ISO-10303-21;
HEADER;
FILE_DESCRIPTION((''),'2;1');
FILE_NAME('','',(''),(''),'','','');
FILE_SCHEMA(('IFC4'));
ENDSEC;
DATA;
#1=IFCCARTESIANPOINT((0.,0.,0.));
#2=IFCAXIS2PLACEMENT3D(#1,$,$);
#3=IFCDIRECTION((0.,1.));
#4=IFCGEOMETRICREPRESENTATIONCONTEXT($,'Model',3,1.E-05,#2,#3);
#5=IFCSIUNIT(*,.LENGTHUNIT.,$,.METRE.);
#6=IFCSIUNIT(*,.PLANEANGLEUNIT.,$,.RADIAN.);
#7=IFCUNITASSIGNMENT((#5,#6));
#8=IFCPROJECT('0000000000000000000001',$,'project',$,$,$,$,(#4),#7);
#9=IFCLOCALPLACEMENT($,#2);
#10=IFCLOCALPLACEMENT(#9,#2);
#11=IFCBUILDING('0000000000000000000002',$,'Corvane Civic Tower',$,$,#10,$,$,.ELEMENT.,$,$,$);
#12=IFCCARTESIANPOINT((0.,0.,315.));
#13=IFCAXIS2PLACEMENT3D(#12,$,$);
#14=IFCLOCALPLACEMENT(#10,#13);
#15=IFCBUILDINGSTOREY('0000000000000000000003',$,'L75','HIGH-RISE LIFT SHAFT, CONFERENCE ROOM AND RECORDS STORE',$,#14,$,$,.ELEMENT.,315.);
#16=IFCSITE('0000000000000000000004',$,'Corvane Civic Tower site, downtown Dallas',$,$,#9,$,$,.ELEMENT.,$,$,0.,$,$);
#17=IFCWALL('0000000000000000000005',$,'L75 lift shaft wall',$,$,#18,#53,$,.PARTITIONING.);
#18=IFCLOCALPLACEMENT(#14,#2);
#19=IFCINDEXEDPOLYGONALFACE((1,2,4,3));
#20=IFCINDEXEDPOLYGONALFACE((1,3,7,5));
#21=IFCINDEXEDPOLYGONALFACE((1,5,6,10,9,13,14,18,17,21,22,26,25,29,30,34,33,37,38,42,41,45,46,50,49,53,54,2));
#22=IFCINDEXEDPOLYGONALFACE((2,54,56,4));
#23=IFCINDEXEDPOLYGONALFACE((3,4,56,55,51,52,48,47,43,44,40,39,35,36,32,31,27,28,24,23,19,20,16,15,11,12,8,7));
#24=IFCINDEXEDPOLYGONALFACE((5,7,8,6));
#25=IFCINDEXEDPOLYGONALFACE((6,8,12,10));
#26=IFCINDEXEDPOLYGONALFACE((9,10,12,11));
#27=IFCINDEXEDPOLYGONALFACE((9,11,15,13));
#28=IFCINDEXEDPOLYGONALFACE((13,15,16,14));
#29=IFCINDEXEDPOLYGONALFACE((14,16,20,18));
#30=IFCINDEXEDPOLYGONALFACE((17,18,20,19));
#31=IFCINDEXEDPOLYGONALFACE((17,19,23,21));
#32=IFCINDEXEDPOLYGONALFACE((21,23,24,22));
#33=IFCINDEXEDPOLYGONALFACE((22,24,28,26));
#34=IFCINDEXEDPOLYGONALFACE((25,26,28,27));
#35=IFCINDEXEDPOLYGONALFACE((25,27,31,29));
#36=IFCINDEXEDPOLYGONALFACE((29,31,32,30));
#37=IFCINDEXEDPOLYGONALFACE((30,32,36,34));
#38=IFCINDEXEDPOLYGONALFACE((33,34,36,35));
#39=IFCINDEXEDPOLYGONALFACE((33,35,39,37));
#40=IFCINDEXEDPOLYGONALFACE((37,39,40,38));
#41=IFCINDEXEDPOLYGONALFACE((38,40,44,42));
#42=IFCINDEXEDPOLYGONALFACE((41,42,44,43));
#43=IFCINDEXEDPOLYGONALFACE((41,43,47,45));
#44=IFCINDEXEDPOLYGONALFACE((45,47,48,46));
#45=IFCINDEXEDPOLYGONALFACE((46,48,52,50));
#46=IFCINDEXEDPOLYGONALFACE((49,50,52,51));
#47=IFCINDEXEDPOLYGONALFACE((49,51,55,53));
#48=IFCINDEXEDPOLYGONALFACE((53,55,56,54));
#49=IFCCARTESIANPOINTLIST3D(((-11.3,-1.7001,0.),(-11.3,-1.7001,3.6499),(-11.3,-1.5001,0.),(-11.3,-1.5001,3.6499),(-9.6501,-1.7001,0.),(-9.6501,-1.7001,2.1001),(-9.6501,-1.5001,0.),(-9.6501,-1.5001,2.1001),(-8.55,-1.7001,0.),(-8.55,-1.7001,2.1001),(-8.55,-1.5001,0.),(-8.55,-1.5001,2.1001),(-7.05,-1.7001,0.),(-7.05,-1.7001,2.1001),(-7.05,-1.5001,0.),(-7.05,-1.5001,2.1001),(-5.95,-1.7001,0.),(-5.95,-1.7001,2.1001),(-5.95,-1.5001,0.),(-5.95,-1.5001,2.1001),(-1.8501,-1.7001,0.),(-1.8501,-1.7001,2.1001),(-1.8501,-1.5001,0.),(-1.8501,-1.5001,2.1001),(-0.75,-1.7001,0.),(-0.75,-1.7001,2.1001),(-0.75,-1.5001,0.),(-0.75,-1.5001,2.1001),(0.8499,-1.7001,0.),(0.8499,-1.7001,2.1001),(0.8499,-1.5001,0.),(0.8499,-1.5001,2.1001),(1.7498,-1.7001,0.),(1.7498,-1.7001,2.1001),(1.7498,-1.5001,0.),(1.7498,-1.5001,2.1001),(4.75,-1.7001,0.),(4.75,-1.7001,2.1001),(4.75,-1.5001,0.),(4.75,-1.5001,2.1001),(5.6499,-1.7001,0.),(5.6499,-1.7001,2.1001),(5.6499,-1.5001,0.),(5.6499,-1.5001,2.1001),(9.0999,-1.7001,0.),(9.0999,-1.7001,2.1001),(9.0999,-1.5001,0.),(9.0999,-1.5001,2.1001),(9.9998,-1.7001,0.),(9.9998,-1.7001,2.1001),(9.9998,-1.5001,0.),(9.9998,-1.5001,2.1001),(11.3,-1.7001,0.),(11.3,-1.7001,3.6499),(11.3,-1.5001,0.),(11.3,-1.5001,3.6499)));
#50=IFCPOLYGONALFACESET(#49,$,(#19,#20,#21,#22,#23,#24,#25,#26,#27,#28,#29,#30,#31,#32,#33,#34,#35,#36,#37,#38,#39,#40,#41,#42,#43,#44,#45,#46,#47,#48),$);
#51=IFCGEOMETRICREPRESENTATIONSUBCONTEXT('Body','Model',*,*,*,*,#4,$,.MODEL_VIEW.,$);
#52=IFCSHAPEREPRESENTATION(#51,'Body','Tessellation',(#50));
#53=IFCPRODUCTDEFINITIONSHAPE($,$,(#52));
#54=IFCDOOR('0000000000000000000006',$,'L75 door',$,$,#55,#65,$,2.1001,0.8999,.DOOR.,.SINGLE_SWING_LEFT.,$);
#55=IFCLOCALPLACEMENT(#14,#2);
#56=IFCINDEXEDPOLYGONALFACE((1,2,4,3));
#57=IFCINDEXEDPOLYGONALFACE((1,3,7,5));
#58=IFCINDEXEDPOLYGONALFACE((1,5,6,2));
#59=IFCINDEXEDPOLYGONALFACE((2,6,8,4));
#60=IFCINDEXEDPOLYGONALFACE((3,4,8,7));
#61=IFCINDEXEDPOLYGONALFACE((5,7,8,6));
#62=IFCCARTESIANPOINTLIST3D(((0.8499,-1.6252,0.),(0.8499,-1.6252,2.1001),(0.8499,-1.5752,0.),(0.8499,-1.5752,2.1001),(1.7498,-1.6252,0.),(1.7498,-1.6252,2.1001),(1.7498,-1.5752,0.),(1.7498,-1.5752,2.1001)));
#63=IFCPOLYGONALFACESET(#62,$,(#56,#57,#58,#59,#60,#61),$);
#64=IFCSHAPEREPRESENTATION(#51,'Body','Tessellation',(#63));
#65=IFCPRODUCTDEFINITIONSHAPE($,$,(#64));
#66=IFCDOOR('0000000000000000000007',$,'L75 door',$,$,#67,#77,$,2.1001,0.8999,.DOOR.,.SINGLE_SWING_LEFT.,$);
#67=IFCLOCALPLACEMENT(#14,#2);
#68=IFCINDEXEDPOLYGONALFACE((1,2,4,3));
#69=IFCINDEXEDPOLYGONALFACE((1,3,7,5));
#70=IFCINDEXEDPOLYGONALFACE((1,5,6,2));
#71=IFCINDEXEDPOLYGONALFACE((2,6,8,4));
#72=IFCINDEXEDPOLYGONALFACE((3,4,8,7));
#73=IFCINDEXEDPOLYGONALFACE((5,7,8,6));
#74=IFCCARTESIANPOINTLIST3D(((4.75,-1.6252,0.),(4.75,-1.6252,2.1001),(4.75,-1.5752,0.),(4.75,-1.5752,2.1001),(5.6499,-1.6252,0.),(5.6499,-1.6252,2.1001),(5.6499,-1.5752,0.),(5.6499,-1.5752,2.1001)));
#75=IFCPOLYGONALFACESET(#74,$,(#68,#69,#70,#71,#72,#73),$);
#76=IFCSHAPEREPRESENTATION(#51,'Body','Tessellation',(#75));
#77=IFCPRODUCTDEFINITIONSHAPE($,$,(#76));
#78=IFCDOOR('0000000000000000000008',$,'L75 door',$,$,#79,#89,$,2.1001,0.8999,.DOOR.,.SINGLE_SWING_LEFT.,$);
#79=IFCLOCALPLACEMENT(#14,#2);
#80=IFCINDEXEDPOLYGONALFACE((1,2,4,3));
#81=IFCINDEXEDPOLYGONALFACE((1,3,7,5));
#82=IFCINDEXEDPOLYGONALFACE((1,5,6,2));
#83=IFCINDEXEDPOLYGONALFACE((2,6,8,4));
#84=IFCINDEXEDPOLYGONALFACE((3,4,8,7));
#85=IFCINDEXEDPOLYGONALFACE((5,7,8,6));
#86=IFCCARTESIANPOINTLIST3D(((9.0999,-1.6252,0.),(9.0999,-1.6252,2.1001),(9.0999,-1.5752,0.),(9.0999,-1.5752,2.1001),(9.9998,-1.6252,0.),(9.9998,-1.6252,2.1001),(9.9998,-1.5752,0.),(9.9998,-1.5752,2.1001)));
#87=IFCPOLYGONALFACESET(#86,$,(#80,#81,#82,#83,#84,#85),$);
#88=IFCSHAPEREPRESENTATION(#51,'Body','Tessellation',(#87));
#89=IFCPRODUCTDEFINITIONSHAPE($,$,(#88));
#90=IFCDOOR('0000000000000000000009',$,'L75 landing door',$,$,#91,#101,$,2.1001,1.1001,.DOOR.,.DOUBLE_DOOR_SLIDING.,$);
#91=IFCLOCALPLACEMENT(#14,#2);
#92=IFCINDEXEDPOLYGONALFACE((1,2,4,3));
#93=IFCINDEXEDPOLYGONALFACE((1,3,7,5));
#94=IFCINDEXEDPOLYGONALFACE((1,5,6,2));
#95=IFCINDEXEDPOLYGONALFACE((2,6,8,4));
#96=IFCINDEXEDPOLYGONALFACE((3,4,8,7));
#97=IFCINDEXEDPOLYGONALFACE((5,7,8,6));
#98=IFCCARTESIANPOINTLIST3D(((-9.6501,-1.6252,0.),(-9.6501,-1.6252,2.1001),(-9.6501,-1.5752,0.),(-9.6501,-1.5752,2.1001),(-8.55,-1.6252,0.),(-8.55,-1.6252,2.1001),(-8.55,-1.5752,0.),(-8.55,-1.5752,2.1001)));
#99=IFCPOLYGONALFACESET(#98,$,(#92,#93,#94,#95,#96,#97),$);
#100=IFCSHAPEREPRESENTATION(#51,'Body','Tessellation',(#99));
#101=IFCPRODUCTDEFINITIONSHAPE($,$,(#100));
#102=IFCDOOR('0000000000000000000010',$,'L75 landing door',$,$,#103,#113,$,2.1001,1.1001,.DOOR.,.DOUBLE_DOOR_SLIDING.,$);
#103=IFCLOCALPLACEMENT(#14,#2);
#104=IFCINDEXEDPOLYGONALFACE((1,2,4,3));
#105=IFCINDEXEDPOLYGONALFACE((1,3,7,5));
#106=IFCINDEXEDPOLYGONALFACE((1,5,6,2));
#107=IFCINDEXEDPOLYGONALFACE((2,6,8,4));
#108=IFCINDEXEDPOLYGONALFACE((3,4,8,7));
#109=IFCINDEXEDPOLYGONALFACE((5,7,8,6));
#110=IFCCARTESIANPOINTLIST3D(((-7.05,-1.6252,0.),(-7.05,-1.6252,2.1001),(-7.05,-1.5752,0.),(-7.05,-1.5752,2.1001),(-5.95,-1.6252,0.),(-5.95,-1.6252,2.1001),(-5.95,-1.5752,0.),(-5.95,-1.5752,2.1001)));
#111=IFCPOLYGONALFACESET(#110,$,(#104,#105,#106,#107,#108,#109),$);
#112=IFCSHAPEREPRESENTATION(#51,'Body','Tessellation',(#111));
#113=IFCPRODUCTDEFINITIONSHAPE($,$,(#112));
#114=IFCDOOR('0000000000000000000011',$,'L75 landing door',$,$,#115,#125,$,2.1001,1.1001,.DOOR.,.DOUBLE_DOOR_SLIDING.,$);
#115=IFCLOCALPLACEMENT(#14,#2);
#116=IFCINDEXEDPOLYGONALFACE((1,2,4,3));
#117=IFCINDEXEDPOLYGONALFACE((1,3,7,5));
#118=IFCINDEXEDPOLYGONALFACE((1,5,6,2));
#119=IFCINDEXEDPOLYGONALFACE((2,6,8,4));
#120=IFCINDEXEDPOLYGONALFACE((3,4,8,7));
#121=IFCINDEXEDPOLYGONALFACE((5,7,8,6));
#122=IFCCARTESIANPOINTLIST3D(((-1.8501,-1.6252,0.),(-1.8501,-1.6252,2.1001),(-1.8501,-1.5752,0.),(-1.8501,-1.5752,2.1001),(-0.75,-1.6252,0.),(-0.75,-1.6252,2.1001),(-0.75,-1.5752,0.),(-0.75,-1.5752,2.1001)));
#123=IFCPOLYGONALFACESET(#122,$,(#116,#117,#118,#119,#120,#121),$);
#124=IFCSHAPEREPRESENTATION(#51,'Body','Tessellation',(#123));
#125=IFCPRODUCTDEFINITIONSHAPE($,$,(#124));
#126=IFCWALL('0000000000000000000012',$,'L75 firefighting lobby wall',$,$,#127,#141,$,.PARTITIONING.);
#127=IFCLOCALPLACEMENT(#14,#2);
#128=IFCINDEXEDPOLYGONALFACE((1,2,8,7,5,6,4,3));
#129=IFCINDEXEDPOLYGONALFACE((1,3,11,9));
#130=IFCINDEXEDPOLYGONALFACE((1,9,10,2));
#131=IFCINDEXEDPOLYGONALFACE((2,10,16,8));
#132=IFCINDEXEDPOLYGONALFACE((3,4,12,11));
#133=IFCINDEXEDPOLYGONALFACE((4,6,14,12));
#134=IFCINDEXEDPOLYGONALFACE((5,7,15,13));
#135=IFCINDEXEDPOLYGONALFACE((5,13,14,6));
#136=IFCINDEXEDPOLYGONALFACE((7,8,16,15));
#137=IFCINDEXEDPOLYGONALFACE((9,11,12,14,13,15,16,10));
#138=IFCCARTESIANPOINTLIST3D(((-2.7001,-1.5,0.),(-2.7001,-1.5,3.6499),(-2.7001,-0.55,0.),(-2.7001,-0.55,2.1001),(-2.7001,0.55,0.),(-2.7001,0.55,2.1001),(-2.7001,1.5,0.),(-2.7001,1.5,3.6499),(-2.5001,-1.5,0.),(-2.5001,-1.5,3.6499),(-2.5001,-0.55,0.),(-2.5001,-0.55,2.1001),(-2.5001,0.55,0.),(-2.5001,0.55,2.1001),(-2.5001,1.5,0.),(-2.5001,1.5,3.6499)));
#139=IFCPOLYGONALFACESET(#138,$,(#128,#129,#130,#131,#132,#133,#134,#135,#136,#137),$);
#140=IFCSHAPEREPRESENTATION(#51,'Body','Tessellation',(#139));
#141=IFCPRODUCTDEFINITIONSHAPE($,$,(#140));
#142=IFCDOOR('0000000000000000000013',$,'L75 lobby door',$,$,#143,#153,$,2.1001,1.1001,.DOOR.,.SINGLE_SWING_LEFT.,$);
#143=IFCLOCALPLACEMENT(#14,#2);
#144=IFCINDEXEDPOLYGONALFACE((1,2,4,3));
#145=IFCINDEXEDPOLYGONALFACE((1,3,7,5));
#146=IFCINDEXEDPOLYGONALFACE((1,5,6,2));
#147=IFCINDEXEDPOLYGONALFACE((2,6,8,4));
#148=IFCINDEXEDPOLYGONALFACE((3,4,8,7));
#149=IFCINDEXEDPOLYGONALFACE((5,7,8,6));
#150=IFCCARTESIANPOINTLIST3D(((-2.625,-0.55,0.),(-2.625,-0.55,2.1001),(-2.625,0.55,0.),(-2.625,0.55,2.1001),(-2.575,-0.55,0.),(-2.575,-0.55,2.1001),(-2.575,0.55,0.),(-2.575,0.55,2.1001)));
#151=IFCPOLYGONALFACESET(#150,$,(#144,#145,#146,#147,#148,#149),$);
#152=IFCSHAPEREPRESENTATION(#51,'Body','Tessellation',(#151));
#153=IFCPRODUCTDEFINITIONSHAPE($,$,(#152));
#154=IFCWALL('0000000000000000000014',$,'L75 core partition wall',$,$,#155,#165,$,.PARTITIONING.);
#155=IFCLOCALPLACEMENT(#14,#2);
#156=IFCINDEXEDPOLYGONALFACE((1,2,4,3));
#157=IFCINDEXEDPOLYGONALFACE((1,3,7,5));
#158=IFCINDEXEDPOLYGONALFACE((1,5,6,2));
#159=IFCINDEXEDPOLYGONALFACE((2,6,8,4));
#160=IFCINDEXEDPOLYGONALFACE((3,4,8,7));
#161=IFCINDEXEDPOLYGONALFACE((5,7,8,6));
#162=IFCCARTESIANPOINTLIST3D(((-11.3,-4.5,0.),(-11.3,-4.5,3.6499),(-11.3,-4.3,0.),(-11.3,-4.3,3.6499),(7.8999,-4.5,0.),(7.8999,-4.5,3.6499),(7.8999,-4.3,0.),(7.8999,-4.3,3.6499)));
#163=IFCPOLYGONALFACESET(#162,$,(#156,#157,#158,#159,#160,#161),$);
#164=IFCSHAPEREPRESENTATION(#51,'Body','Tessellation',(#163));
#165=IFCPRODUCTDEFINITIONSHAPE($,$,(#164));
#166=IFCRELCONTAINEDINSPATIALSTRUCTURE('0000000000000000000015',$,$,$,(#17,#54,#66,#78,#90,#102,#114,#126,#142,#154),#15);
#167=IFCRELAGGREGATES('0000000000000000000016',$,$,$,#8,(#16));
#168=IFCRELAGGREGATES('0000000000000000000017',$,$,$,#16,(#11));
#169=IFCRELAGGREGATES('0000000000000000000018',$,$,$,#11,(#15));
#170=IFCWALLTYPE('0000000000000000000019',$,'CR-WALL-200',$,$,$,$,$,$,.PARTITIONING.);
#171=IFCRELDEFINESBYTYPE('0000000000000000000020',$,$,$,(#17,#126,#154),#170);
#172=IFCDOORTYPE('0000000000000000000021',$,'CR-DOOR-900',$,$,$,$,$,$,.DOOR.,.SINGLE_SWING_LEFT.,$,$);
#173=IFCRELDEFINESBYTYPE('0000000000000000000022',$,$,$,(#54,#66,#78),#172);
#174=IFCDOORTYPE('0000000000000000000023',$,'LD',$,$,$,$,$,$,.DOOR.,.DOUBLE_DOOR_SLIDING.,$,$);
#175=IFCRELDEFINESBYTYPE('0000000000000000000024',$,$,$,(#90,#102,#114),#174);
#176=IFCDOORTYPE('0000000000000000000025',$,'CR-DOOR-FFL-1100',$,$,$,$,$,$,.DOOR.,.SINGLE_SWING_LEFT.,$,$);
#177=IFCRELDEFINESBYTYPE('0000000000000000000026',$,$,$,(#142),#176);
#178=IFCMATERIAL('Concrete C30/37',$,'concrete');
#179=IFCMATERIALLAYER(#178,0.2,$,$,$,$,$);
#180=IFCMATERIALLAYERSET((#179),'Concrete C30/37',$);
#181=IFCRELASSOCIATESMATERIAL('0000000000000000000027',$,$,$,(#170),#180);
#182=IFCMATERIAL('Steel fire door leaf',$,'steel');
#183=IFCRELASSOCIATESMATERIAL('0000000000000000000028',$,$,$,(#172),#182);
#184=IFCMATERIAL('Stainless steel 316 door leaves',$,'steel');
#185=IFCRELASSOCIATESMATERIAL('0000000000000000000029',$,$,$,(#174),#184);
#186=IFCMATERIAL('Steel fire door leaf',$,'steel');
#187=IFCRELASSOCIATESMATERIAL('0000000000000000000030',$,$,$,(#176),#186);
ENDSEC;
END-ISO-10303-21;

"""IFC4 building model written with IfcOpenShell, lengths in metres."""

from ifc_helpers import new_model, si_unit, direction, frame, frame_2d, origin, place, context, subcontext, project, spatial, polyline, rectangle, outline, extrude, material, layer, layer_set, type_object, element, fill, save


model = new_model("IFC4")

# Units and contexts
model_context = context("Model", 3, precision=1e-05, world=origin(), true_north=direction((0.0, 1.0)))
body_context = subcontext(model_context, "Body", "Model", "MODEL_VIEW")
ifc_project = project(units=[si_unit("LENGTHUNIT", "METRE"), si_unit("PLANEANGLEUNIT", "RADIAN")], contexts=[model_context])

# Site, building, storey
site_placement = place(None, origin())
site = spatial("IfcSite", under=ifc_project, at=site_placement, Name="Corvane Civic Tower site, downtown Dallas", CompositionType="ELEMENT", RefElevation=0.0)
building_placement = place(site_placement, origin())
building = spatial("IfcBuilding", under=site, at=building_placement, Name="Corvane Civic Tower", CompositionType="ELEMENT")
storey_placement = place(building_placement, frame((0.0, 0.0, 315.0)))
storey = spatial("IfcBuildingStorey", under=building, at=storey_placement, Name="L75", Description="HIGH-RISE LIFT SHAFT, CONFERENCE ROOM AND RECORDS STORE", CompositionType="ELEMENT", Elevation=315.0)

# Wall, openings, doors
ifc_material_1 = material(Name="Concrete C30/37", Category="concrete")
ifc_layer_1 = layer(ifc_material_1, 0.2)
ifc_layer_set_1 = layer_set([ifc_layer_1], Name="Concrete C30/37")
wall_type_1 = type_object("IfcWallType", Name="CR-WALL-200", PredefinedType="PARTITIONING", material=ifc_layer_set_1)
ifc_material_2 = material(Name="Steel fire door leaf", Category="steel")
door_type_1 = type_object("IfcDoorType", Name="CR-DOOR-900", OperationType="SINGLE_SWING_LEFT", PredefinedType="DOOR", material=ifc_material_2)
wall_1_placement = place(storey_placement, frame((-11.3, -1.6001, 0.0), z_axis=(0.0, 0.0, 1.0), x_axis=(1.0, 0.0, 0.0)))
wall_1 = element("IfcWall", 1, at=wall_1_placement, inside=storey, type_object=wall_type_1, Name="L75 lift shaft wall", PredefinedType="PARTITIONING", context=body_context, shape_type="SweptSolid", body=[
    extrude(rectangle(XDim=22.6001, YDim=0.2, at=frame_2d((11.3, 0.0))), origin(), (0.0, 0.0, 1.0), 3.6499),
])
opening_1_placement = place(wall_1_placement, frame((1.6499, 0.0, 0.0)))
opening_1 = element("IfcOpeningElement", 2, at=opening_1_placement, cuts=wall_1, PredefinedType="OPENING", context=body_context, shape_type="SweptSolid", body=[
    extrude(rectangle(XDim=1.1001, YDim=2.1001, at=frame_2d((0.55, 1.05))), frame((0.0, 0.1099, 0.0), z_axis=(0.0, -1.0, 0.0), x_axis=(1.0, 0.0, 0.0)), (0.0, 0.0, 1.0), 0.22),
])
opening_2_placement = place(wall_1_placement, frame((4.25, 0.0, 0.0)))
opening_2 = element("IfcOpeningElement", 3, at=opening_2_placement, cuts=wall_1, PredefinedType="OPENING", context=body_context, shape_type="SweptSolid", body=[
    extrude(rectangle(XDim=1.1001, YDim=2.1001, at=frame_2d((0.55, 1.05))), frame((0.0, 0.1099, 0.0), z_axis=(0.0, -1.0, 0.0), x_axis=(1.0, 0.0, 0.0)), (0.0, 0.0, 1.0), 0.22),
])
opening_3_placement = place(wall_1_placement, frame((9.45, 0.0, 0.0)))
opening_3 = element("IfcOpeningElement", 4, at=opening_3_placement, cuts=wall_1, PredefinedType="OPENING", context=body_context, shape_type="SweptSolid", body=[
    extrude(rectangle(XDim=1.1001, YDim=2.1001, at=frame_2d((0.55, 1.05))), frame((0.0, 0.1099, 0.0), z_axis=(0.0, -1.0, 0.0), x_axis=(1.0, 0.0, 0.0)), (0.0, 0.0, 1.0), 0.22),
])
opening_4_placement = place(wall_1_placement, frame((12.1499, 0.0, 0.0)))
opening_4 = element("IfcOpeningElement", 5, at=opening_4_placement, cuts=wall_1, PredefinedType="OPENING", context=body_context, shape_type="SweptSolid", body=[
    extrude(rectangle(XDim=0.8999, YDim=2.1001, at=frame_2d((0.45, 1.05))), frame((0.0, 0.1099, 0.0), z_axis=(0.0, -1.0, 0.0), x_axis=(1.0, 0.0, 0.0)), (0.0, 0.0, 1.0), 0.22),
])
opening_5_placement = place(wall_1_placement, frame((16.05, 0.0, 0.0)))
opening_5 = element("IfcOpeningElement", 6, at=opening_5_placement, cuts=wall_1, PredefinedType="OPENING", context=body_context, shape_type="SweptSolid", body=[
    extrude(rectangle(XDim=0.8999, YDim=2.1001, at=frame_2d((0.45, 1.05))), frame((0.0, 0.1099, 0.0), z_axis=(0.0, -1.0, 0.0), x_axis=(1.0, 0.0, 0.0)), (0.0, 0.0, 1.0), 0.22),
])
opening_6_placement = place(wall_1_placement, frame((20.3999, 0.0, 0.0)))
opening_6 = element("IfcOpeningElement", 7, at=opening_6_placement, cuts=wall_1, PredefinedType="OPENING", context=body_context, shape_type="SweptSolid", body=[
    extrude(rectangle(XDim=0.8999, YDim=2.1001, at=frame_2d((0.45, 1.05))), frame((0.0, 0.1099, 0.0), z_axis=(0.0, -1.0, 0.0), x_axis=(1.0, 0.0, 0.0)), (0.0, 0.0, 1.0), 0.22),
])
door_1_placement = place(opening_4_placement, origin())
door_1 = element("IfcDoor", 8, at=door_1_placement, inside=storey, type_object=door_type_1, Name="L75 door", OperationType="SINGLE_SWING_LEFT", OverallHeight=2.1001, OverallWidth=0.8999, PredefinedType="DOOR", context=body_context, shape_type="SweptSolid", body=[
    extrude(rectangle(XDim=0.8999, YDim=2.1001, at=frame_2d((0.45, 1.05))), frame((0.0, 0.0249, 0.0), z_axis=(0.0, -1.0, 0.0), x_axis=(1.0, 0.0, 0.0)), (0.0, 0.0, 1.0), 0.05),
])
fill(opening_4, door_1)
door_2_placement = place(opening_5_placement, origin())
door_2 = element("IfcDoor", 9, at=door_2_placement, inside=storey, type_object=door_type_1, Name="L75 door", OperationType="SINGLE_SWING_LEFT", OverallHeight=2.1001, OverallWidth=0.8999, PredefinedType="DOOR", context=body_context, shape_type="SweptSolid", body=[
    extrude(rectangle(XDim=0.8999, YDim=2.1001, at=frame_2d((0.45, 1.05))), frame((0.0, 0.0249, 0.0), z_axis=(0.0, -1.0, 0.0), x_axis=(1.0, 0.0, 0.0)), (0.0, 0.0, 1.0), 0.05),
])
fill(opening_5, door_2)
door_3_placement = place(opening_6_placement, origin())
door_3 = element("IfcDoor", 10, at=door_3_placement, inside=storey, type_object=door_type_1, Name="L75 door", OperationType="SINGLE_SWING_LEFT", OverallHeight=2.1001, OverallWidth=0.8999, PredefinedType="DOOR", context=body_context, shape_type="SweptSolid", body=[
    extrude(rectangle(XDim=0.8999, YDim=2.1001, at=frame_2d((0.45, 1.05))), frame((0.0, 0.0249, 0.0), z_axis=(0.0, -1.0, 0.0), x_axis=(1.0, 0.0, 0.0)), (0.0, 0.0, 1.0), 0.05),
])
fill(opening_6, door_3)
ifc_material_3 = material(Name="Stainless steel 316 door leaves", Category="steel")
door_type_2 = type_object("IfcDoorType", Name="LD", OperationType="DOUBLE_DOOR_SLIDING", PredefinedType="DOOR", material=ifc_material_3)
door_4_placement = place(opening_1_placement, origin())
door_4 = element("IfcDoor", 11, at=door_4_placement, inside=storey, type_object=door_type_2, Name="L75 landing door", OperationType="DOUBLE_DOOR_SLIDING", OverallHeight=2.1001, OverallWidth=1.1001, PredefinedType="DOOR", context=body_context, shape_type="SweptSolid", body=[
    extrude(rectangle(XDim=1.1001, YDim=2.1001, at=frame_2d((0.55, 1.05))), frame((0.0, 0.0249, 0.0), z_axis=(0.0, -1.0, 0.0), x_axis=(1.0, 0.0, 0.0)), (0.0, 0.0, 1.0), 0.05),
])
fill(opening_1, door_4)
door_5_placement = place(opening_2_placement, origin())
door_5 = element("IfcDoor", 12, at=door_5_placement, inside=storey, type_object=door_type_2, Name="L75 landing door", OperationType="DOUBLE_DOOR_SLIDING", OverallHeight=2.1001, OverallWidth=1.1001, PredefinedType="DOOR", context=body_context, shape_type="SweptSolid", body=[
    extrude(rectangle(XDim=1.1001, YDim=2.1001, at=frame_2d((0.55, 1.05))), frame((0.0, 0.0249, 0.0), z_axis=(0.0, -1.0, 0.0), x_axis=(1.0, 0.0, 0.0)), (0.0, 0.0, 1.0), 0.05),
])
fill(opening_2, door_5)
door_6_placement = place(opening_3_placement, origin())
door_6 = element("IfcDoor", 13, at=door_6_placement, inside=storey, type_object=door_type_2, Name="L75 landing door", OperationType="DOUBLE_DOOR_SLIDING", OverallHeight=2.1001, OverallWidth=1.1001, PredefinedType="DOOR", context=body_context, shape_type="SweptSolid", body=[
    extrude(rectangle(XDim=1.1001, YDim=2.1001, at=frame_2d((0.55, 1.05))), frame((0.0, 0.0249, 0.0), z_axis=(0.0, -1.0, 0.0), x_axis=(1.0, 0.0, 0.0)), (0.0, 0.0, 1.0), 0.05),
])
fill(opening_3, door_6)

# Wall, opening, door
wall_2_placement = place(storey_placement, frame((-2.6001, -1.5, 0.0), z_axis=(0.0, 0.0, 1.0), x_axis=(0.0, 1.0, 0.0)))
wall_2 = element("IfcWall", 14, at=wall_2_placement, inside=storey, type_object=wall_type_1, Name="L75 firefighting lobby wall", PredefinedType="PARTITIONING", context=body_context, shape_type="SweptSolid", body=[
    extrude(rectangle(XDim=3.0, YDim=0.2, at=frame_2d((1.5, 0.0))), origin(), (0.0, 0.0, 1.0), 3.6499),
])
opening_7_placement = place(wall_2_placement, frame((0.95, 0.0, 0.0)))
opening_7 = element("IfcOpeningElement", 15, at=opening_7_placement, cuts=wall_2, PredefinedType="OPENING", context=body_context, shape_type="SweptSolid", body=[
    extrude(rectangle(XDim=1.1001, YDim=2.1001, at=frame_2d((0.55, 1.05))), frame((0.0, 0.1099, 0.0), z_axis=(0.0, -1.0, 0.0), x_axis=(1.0, 0.0, 0.0)), (0.0, 0.0, 1.0), 0.22),
])
ifc_material_4 = material(Name="Steel fire door leaf", Category="steel")
door_type_3 = type_object("IfcDoorType", Name="CR-DOOR-FFL-1100", OperationType="SINGLE_SWING_LEFT", PredefinedType="DOOR", material=ifc_material_4)
door_7_placement = place(opening_7_placement, origin())
door_7 = element("IfcDoor", 16, at=door_7_placement, inside=storey, type_object=door_type_3, Name="L75 lobby door", OperationType="SINGLE_SWING_LEFT", OverallHeight=2.1001, OverallWidth=1.1001, PredefinedType="DOOR", context=body_context, shape_type="SweptSolid", body=[
    extrude(rectangle(XDim=1.1001, YDim=2.1001, at=frame_2d((0.55, 1.05))), frame((0.0, 0.0249, 0.0), z_axis=(0.0, -1.0, 0.0), x_axis=(1.0, 0.0, 0.0)), (0.0, 0.0, 1.0), 0.05),
])
fill(opening_7, door_7)

# Wall
wall_3_placement = place(storey_placement, origin())
element("IfcWall", 17, at=wall_3_placement, inside=storey, type_object=wall_type_1, Name="L75 core partition wall", PredefinedType="PARTITIONING", context=body_context, shape_type="SweptSolid", body=[
    extrude(outline(polyline([(7.8999, -4.3), (7.8999, -4.5), (-11.3, -4.5), (-11.3, -4.3), (7.8999, -4.3)])), origin(), (0.0, 0.0, 1.0), 3.6499),
])

save(model, "model.ifc")
